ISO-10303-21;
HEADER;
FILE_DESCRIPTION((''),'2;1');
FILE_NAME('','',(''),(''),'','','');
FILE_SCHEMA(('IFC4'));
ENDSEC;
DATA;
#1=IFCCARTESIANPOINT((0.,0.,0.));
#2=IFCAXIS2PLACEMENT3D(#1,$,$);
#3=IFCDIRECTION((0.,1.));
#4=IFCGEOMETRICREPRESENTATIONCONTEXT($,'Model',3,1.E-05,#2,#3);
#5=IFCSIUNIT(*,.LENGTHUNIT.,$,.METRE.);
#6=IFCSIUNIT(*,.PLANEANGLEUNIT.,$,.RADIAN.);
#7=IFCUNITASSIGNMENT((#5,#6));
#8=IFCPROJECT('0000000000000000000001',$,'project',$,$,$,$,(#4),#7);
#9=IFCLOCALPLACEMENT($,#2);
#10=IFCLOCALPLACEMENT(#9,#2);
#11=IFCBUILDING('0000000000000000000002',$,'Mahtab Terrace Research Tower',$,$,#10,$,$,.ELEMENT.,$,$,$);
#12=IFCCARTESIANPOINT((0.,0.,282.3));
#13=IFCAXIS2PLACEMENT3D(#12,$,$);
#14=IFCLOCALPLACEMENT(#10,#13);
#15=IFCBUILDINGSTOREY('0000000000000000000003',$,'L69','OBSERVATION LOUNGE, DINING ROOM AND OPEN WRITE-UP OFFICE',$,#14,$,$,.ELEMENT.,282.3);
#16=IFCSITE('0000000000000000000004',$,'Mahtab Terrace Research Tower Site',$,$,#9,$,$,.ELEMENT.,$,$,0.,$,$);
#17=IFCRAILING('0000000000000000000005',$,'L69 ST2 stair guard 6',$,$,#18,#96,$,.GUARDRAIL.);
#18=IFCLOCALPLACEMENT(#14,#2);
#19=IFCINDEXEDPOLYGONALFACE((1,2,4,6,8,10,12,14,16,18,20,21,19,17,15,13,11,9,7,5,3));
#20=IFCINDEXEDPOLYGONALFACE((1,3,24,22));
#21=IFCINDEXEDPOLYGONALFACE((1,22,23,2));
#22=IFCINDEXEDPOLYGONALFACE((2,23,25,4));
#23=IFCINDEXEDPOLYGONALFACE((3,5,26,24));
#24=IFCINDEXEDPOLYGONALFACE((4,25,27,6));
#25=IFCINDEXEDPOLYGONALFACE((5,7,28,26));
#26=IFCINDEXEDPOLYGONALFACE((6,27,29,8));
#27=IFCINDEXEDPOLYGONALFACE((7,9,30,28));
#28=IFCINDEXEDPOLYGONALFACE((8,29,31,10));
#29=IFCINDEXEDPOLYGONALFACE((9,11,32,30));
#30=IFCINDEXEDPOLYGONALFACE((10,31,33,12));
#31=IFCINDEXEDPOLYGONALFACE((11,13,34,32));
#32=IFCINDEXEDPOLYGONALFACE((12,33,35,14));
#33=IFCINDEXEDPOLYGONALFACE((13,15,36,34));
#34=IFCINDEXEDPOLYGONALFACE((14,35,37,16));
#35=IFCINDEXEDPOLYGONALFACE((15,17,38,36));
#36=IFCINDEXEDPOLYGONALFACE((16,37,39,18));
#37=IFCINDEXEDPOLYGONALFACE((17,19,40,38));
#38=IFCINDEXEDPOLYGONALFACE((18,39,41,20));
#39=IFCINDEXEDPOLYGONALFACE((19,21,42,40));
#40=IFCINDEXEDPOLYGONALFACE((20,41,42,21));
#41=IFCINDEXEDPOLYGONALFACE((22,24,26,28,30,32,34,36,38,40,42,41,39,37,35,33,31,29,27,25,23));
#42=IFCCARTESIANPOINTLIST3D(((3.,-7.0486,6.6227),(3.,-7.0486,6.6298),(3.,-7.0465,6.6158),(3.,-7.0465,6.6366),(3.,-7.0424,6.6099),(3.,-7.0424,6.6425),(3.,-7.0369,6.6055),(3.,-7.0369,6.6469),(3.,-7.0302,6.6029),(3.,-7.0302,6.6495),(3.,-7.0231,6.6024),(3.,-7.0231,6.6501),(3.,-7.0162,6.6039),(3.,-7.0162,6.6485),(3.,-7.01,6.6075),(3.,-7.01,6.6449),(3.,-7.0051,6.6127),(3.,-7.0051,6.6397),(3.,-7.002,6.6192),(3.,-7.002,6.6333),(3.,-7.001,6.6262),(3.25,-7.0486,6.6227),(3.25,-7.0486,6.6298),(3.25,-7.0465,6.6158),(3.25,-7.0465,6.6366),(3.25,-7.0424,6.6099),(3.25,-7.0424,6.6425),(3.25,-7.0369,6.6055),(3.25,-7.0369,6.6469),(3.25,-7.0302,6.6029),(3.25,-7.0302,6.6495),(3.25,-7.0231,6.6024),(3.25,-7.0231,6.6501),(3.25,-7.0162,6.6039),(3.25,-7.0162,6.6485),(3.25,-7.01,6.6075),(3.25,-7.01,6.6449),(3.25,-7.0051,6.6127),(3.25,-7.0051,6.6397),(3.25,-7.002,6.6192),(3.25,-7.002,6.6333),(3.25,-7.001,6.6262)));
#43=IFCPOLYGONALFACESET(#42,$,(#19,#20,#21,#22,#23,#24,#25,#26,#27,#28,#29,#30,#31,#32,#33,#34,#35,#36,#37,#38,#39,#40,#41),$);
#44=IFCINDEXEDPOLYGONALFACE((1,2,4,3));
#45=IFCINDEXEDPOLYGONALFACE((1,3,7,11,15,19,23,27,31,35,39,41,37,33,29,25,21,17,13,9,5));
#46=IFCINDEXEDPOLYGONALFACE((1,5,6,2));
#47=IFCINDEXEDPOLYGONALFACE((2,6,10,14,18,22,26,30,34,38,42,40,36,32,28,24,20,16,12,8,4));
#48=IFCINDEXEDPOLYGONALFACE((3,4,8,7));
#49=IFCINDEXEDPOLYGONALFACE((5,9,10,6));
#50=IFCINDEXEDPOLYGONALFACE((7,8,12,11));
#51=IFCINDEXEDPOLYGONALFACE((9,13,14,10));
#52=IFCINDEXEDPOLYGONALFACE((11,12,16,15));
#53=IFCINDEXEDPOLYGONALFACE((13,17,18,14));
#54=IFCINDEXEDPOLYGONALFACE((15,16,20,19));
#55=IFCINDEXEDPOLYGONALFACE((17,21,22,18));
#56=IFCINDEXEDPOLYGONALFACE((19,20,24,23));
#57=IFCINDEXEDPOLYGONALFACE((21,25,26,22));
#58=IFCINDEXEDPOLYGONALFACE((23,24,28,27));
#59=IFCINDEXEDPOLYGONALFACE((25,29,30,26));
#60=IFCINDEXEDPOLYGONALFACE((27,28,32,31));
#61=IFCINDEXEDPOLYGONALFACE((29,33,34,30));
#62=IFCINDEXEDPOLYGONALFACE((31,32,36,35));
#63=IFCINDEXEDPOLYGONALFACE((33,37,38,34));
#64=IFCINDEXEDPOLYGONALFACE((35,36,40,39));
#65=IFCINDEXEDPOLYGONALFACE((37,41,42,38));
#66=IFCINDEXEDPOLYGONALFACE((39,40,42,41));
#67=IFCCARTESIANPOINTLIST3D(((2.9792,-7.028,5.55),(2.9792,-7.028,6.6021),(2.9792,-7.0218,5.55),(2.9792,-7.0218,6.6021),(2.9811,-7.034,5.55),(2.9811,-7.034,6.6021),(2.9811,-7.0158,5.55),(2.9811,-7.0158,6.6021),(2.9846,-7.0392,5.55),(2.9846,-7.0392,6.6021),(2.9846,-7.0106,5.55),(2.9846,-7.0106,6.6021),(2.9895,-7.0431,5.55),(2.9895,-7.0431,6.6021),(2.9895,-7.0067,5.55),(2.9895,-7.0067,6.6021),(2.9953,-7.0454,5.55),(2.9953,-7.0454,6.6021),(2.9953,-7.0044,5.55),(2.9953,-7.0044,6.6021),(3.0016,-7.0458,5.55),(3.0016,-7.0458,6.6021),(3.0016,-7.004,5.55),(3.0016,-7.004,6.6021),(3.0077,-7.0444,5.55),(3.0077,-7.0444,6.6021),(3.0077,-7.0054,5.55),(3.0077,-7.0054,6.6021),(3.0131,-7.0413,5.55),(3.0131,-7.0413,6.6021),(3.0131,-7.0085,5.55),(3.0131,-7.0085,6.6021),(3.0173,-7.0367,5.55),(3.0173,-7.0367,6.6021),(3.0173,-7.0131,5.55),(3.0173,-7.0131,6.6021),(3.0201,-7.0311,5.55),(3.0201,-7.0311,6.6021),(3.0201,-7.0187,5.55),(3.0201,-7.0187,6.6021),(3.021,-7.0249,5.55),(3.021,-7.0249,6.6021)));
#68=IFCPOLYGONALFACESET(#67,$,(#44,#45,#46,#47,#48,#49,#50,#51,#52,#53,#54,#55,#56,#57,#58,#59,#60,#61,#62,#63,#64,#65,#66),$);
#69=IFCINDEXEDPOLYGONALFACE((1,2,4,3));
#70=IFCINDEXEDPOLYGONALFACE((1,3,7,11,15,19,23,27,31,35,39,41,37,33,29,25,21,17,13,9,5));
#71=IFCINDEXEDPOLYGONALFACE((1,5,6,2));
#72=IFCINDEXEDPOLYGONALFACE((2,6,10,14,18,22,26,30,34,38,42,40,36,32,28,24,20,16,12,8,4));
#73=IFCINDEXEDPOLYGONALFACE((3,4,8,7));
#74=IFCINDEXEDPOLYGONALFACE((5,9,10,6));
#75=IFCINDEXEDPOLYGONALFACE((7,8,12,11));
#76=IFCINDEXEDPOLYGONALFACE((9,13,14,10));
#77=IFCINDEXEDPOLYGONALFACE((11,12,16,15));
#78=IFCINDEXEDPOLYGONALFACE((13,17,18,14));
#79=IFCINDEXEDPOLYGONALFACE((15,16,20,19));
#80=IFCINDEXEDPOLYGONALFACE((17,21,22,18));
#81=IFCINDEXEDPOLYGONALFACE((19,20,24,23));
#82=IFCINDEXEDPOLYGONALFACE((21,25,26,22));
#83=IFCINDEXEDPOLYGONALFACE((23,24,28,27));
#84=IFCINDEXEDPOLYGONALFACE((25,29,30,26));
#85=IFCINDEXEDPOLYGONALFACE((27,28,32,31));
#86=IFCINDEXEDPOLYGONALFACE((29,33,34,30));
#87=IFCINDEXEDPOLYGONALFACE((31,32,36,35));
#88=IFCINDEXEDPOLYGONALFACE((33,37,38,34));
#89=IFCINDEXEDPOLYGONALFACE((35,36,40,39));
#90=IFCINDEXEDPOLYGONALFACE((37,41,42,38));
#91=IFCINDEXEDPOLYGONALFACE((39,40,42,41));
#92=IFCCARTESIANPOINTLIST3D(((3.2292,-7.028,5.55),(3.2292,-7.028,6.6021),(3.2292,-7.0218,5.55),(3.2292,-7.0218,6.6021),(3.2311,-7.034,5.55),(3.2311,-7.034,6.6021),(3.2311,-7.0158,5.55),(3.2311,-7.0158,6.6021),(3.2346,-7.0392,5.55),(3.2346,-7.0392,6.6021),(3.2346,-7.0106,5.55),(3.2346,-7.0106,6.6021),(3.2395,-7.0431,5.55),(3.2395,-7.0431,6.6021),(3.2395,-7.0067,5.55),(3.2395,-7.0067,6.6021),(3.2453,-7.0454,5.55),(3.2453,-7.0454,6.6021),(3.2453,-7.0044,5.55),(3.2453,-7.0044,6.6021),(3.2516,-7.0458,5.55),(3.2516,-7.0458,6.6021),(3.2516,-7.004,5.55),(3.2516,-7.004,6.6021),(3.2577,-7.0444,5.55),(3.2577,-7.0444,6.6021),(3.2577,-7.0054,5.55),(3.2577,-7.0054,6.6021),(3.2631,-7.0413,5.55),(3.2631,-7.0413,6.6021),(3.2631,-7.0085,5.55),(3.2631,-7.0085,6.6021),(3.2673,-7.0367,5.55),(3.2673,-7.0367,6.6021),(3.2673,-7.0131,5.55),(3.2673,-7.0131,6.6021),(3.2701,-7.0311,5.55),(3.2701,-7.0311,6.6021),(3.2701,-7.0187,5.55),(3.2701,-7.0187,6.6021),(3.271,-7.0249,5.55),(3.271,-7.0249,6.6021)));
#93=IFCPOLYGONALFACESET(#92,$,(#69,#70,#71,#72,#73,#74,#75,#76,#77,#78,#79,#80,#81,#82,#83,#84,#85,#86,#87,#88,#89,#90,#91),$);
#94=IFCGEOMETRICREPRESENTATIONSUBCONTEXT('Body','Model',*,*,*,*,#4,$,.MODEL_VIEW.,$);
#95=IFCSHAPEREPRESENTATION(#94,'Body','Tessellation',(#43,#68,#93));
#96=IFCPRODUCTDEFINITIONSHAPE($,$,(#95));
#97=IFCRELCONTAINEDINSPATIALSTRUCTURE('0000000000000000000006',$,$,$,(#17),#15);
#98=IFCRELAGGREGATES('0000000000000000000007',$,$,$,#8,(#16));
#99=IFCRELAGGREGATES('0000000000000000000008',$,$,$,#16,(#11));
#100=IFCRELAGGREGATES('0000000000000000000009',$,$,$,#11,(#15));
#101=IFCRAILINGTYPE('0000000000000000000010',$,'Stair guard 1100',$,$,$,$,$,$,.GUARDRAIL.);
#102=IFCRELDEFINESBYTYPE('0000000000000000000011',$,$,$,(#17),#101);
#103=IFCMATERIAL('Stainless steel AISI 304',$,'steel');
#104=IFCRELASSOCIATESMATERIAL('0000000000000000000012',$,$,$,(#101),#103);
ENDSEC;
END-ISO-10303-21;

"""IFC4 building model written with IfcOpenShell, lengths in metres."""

from ifc_helpers import new_model, si_unit, direction, frame, origin, origin_2d, place, context, subcontext, project, spatial, circle, extrude, material, type_object, element, save


model = new_model("IFC4")

# Units and contexts
model_context = context("Model", 3, precision=1e-05, world=origin(), true_north=direction((0.0, 1.0)))
body_context = subcontext(model_context, "Body", "Model", "MODEL_VIEW")
ifc_project = project(units=[si_unit("LENGTHUNIT", "METRE"), si_unit("PLANEANGLEUNIT", "RADIAN")], contexts=[model_context])

# Site, building, storey
site_placement = place(None, origin())
site = spatial("IfcSite", under=ifc_project, at=site_placement, Name="Mahtab Terrace Research Tower Site", CompositionType="ELEMENT", RefElevation=0.0)
building_placement = place(site_placement, origin())
building = spatial("IfcBuilding", under=site, at=building_placement, Name="Mahtab Terrace Research Tower", CompositionType="ELEMENT")
storey_placement = place(building_placement, frame((0.0, 0.0, 282.3)))
storey = spatial("IfcBuildingStorey", under=building, at=storey_placement, Name="L69", Description="OBSERVATION LOUNGE, DINING ROOM AND OPEN WRITE-UP OFFICE", CompositionType="ELEMENT", Elevation=282.3)

# Railing
ifc_material_1 = material(Name="Stainless steel AISI 304", Category="steel")
railing_type_1 = type_object("IfcRailingType", Name="Stair guard 1100", PredefinedType="GUARDRAIL", material=ifc_material_1)
railing_1_placement = place(storey_placement, frame((3.0, -7.0249, 5.55)))
element("IfcRailing", 1, at=railing_1_placement, inside=storey, type_object=railing_type_1, Name="L69 ST2 stair guard 6", PredefinedType="GUARDRAIL", context=body_context, shape_type="SweptSolid", body=[
    extrude(circle(Radius=0.0239, at=origin_2d()), frame((0.0, 0.0, 1.0762), z_axis=(1.0, 0.0, 0.0), x_axis=(0.0, 1.0, 0.0)), (0.0, 0.0, 1.0), 0.25),
    extrude(circle(Radius=0.021, at=origin_2d()), origin(), (0.0, 0.0, 1.0), 1.052),
    extrude(circle(Radius=0.021, at=origin_2d()), frame((0.25, 0.0, 0.0)), (0.0, 0.0, 1.0), 1.052),
])

save(model, "model.ifc")
